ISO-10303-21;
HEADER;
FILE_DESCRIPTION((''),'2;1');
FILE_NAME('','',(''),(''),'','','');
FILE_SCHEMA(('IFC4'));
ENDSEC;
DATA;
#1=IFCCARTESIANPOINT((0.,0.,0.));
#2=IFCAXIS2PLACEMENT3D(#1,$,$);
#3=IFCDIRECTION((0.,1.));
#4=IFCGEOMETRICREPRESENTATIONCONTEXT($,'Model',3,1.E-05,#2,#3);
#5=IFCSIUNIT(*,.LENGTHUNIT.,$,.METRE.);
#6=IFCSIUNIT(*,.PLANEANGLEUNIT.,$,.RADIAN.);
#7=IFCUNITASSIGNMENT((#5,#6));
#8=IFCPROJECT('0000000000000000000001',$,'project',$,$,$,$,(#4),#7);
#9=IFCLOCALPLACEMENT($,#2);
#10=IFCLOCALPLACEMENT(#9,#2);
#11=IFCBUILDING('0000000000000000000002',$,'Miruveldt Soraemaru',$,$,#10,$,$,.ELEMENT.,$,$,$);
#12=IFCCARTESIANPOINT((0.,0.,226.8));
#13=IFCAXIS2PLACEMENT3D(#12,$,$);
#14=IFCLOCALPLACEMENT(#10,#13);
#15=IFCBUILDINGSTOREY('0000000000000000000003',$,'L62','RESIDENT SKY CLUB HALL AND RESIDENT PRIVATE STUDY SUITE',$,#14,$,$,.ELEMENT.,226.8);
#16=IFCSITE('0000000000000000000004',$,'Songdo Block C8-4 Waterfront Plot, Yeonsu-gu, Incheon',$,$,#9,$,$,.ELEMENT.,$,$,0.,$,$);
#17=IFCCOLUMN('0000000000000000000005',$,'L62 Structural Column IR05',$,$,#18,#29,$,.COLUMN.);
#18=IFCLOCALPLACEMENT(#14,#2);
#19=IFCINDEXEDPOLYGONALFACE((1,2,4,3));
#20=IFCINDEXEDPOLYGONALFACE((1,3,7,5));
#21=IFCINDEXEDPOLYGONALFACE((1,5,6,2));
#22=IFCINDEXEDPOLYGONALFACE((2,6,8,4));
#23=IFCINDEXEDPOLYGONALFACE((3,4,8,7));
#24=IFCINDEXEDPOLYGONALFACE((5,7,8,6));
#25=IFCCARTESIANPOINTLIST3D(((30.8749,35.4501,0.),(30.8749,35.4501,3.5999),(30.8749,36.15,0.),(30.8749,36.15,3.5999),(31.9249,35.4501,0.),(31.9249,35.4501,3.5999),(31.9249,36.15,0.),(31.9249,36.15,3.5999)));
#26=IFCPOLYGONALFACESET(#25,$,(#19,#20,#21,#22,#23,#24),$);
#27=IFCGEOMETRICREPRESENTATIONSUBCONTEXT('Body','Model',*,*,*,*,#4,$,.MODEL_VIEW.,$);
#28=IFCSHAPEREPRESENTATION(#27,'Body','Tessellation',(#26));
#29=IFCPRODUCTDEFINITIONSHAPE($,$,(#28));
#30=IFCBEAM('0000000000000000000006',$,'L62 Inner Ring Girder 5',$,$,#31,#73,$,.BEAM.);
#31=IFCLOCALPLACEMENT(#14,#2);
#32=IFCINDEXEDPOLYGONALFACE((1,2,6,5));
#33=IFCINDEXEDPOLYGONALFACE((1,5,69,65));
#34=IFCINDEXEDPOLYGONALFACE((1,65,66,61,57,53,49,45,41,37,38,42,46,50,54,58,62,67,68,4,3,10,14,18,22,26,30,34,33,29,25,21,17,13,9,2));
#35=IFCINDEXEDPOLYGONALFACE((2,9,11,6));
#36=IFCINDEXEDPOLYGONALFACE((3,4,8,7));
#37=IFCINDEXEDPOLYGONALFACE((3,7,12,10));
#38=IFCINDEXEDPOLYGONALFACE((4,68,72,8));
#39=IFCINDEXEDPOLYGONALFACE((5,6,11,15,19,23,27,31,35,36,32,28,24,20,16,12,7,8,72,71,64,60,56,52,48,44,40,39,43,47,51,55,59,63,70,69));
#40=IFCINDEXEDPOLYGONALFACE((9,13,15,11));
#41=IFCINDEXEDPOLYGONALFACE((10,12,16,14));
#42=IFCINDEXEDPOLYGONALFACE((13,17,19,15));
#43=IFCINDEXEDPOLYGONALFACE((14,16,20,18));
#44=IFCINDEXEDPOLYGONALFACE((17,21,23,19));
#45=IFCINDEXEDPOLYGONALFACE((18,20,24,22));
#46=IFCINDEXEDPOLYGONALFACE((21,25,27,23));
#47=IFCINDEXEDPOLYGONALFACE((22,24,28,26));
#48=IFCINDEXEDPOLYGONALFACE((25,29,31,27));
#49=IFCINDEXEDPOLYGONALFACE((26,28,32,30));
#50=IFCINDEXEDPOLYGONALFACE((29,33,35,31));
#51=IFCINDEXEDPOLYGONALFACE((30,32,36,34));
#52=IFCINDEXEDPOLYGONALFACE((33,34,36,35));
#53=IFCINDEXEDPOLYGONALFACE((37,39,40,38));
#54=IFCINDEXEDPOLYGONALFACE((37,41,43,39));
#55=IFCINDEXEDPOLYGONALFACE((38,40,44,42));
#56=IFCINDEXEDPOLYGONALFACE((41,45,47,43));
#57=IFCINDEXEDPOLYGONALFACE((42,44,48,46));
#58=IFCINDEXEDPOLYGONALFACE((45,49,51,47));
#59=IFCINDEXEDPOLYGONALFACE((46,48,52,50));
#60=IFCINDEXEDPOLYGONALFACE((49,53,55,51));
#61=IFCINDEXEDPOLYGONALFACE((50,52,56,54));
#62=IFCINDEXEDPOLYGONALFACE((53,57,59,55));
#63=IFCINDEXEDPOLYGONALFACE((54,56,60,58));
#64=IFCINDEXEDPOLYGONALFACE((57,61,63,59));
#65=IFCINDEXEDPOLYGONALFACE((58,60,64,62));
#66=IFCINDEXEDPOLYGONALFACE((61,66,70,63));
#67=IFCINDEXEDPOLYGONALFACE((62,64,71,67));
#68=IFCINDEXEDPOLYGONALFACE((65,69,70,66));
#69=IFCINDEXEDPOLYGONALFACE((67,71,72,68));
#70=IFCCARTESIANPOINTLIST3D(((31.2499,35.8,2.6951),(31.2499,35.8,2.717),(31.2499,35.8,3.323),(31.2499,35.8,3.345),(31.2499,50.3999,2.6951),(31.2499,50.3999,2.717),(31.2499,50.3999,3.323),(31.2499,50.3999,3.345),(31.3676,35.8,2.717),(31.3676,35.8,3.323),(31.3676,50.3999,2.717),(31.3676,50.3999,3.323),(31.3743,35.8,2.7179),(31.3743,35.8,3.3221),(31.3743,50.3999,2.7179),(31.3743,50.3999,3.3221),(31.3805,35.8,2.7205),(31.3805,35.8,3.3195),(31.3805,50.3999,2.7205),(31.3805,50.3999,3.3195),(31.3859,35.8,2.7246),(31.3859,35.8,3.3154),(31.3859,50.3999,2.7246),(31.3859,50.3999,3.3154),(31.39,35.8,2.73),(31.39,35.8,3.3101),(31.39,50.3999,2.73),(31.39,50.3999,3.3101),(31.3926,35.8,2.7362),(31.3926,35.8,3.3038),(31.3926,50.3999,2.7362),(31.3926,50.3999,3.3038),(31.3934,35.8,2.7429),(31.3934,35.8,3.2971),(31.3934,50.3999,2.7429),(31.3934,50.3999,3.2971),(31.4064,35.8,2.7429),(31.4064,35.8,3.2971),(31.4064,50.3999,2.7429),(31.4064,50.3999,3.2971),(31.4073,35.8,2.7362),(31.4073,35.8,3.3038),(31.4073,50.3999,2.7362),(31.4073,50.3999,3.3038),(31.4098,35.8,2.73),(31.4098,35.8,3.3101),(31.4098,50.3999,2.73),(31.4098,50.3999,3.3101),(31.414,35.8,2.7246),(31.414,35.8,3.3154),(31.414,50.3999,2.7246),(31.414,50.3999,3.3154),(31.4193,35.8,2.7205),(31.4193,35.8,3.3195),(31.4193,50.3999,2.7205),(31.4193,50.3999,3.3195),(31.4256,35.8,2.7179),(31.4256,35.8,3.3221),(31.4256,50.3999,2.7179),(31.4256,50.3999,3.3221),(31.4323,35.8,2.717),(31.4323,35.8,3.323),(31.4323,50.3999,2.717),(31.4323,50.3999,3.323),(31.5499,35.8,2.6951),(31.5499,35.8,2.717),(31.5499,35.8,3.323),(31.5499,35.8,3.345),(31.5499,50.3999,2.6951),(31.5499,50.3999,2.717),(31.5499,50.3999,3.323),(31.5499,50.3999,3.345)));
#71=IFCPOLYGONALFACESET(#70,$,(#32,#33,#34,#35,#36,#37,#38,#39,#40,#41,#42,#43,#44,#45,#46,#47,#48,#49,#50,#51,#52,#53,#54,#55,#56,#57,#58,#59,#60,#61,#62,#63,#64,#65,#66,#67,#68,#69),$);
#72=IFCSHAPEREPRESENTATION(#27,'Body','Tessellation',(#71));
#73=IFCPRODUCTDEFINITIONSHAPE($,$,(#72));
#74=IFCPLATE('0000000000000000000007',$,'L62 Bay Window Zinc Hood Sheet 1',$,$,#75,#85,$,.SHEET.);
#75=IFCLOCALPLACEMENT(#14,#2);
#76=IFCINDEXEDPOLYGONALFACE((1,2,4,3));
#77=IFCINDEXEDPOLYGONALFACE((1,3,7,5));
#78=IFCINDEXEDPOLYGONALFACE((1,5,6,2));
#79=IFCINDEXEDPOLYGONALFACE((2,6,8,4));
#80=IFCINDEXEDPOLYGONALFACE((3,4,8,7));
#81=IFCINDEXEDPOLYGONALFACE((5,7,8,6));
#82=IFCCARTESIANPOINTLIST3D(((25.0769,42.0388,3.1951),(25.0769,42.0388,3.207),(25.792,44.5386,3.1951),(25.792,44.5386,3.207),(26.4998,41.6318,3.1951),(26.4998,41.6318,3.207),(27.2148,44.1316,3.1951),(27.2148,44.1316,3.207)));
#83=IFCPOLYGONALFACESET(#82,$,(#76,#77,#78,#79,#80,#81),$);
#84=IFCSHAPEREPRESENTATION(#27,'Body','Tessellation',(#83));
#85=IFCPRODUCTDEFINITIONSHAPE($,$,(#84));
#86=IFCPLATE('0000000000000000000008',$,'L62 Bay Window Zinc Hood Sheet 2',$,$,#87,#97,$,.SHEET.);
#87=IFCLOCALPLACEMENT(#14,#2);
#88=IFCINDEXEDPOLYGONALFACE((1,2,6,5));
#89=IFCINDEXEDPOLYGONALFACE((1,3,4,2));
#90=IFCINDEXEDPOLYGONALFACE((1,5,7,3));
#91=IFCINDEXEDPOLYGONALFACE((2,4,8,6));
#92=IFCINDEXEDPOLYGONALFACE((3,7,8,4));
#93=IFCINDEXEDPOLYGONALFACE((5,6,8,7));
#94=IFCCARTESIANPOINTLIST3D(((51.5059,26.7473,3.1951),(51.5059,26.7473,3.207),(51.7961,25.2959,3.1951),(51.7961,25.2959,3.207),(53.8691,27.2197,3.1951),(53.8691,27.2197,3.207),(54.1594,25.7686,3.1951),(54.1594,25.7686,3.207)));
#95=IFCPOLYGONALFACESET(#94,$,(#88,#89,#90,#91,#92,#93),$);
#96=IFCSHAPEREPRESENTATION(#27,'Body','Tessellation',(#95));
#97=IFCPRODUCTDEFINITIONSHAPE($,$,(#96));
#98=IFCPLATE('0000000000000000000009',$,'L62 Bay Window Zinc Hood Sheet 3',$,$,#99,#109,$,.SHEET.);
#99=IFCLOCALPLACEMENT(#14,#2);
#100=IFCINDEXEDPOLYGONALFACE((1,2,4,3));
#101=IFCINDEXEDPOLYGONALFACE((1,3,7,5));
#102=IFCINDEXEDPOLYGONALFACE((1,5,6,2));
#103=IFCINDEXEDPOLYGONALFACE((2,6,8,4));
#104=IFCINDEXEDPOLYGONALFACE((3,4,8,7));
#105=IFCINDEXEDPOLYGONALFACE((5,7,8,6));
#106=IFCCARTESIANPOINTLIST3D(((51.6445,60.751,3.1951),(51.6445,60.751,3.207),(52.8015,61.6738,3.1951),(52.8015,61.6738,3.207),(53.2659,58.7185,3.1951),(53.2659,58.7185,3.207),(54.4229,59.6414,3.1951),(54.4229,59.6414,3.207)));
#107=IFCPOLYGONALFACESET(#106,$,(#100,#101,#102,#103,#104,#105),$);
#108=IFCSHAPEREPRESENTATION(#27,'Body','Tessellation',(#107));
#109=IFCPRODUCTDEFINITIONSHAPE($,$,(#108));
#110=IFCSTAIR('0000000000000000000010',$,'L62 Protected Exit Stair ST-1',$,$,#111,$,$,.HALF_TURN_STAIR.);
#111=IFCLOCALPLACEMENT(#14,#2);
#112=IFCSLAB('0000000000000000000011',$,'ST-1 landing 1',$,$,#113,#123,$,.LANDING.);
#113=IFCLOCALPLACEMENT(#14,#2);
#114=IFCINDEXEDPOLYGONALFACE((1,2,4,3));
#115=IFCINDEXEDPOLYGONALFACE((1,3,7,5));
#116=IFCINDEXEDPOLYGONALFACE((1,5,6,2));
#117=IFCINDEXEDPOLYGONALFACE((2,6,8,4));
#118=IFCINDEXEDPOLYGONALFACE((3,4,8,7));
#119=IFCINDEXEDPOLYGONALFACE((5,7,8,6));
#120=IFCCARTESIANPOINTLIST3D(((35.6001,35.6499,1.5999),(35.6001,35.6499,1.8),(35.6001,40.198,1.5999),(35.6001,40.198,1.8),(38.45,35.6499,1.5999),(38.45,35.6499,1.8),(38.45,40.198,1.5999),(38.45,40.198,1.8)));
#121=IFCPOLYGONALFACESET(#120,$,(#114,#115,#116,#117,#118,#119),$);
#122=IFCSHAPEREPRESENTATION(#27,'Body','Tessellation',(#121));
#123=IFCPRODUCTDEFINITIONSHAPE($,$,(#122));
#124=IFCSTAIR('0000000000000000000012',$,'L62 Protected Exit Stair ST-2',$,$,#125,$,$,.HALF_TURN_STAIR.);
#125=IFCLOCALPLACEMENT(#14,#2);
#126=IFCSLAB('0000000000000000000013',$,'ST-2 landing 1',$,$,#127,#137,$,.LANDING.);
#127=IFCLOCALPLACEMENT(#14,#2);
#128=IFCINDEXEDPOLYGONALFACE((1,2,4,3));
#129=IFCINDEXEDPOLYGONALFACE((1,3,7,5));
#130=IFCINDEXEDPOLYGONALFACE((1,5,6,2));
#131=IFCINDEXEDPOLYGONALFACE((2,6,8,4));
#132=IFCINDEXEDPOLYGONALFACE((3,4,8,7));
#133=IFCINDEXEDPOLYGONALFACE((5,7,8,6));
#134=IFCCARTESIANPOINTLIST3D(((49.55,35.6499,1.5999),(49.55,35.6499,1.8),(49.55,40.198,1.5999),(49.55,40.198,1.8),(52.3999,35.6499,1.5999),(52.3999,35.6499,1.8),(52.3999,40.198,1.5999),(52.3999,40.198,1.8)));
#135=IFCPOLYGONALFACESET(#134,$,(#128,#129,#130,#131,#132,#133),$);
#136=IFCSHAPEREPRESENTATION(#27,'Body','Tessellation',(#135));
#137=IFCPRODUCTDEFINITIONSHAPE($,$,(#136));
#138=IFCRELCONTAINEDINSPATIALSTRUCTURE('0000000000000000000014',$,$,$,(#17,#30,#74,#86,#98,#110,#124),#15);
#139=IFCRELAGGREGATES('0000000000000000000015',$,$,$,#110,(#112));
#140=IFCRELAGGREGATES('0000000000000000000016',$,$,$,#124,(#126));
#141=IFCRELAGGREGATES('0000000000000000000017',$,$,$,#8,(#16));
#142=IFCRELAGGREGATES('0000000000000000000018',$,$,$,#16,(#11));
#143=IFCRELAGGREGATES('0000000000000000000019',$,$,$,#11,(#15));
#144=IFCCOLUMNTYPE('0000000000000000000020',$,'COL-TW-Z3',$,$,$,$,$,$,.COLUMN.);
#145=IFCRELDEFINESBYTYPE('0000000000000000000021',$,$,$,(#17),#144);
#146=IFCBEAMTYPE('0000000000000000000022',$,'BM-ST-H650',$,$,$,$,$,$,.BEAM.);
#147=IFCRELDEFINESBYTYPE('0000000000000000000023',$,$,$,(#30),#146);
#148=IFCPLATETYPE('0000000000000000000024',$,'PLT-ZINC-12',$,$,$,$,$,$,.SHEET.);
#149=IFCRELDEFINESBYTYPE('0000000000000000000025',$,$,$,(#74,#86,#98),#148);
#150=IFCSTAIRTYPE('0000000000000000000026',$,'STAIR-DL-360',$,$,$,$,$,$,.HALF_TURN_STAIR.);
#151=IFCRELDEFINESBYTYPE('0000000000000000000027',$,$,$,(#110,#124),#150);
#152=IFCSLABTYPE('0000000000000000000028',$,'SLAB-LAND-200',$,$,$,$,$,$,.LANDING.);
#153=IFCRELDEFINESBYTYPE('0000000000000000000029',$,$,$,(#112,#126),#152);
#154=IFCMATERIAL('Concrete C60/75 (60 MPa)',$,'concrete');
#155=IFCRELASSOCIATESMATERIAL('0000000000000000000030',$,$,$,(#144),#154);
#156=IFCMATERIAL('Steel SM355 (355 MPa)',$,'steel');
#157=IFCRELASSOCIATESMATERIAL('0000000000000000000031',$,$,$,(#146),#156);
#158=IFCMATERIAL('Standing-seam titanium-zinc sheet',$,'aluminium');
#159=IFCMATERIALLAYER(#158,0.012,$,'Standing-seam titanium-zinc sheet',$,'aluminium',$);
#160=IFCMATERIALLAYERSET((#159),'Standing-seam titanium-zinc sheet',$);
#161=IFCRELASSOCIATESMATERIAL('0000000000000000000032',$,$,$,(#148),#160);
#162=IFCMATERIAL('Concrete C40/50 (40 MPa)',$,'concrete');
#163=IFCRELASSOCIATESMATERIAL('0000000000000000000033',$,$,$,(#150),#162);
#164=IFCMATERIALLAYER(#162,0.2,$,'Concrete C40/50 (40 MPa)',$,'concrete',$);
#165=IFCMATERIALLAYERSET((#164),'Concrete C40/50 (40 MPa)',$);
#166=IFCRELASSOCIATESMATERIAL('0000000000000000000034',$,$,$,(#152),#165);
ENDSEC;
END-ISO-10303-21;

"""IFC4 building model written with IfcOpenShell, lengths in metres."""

from ifc_helpers import new_model, si_unit, direction, frame, origin, origin_2d, place, context, subcontext, project, spatial, polyline, rectangle, i_section, outline, extrude, material, layer, layer_set, material_profile, profile_set, type_object, element, aggregate, save


model = new_model("IFC4")

# Units and contexts
model_context = context("Model", 3, precision=1e-05, world=origin(), true_north=direction((0.0, 1.0)))
body_context = subcontext(model_context, "Body", "Model", "MODEL_VIEW")
ifc_project = project(units=[si_unit("LENGTHUNIT", "METRE"), si_unit("PLANEANGLEUNIT", "RADIAN")], contexts=[model_context])

# Site, building, storey
site_placement = place(None, origin())
site = spatial("IfcSite", under=ifc_project, at=site_placement, Name="Songdo Block C8-4 Waterfront Plot, Yeonsu-gu, Incheon", CompositionType="ELEMENT", RefElevation=0.0)
building_placement = place(site_placement, origin())
building = spatial("IfcBuilding", under=site, at=building_placement, Name="Miruveldt Soraemaru", CompositionType="ELEMENT")
storey_placement = place(building_placement, frame((0.0, 0.0, 226.8)))
storey = spatial("IfcBuildingStorey", under=building, at=storey_placement, Name="L62", Description="RESIDENT SKY CLUB HALL AND RESIDENT PRIVATE STUDY SUITE", CompositionType="ELEMENT", Elevation=226.8)

# Column
ifc_material_1 = material(Name="Concrete C60/75 (60 MPa)", Category="concrete")
ifc_material_profile_1 = material_profile(ifc_material_1, rectangle(XDim=1.05, YDim=0.7, at=origin_2d()), Name="Concrete C60/75 (60 MPa)", Category="concrete")
ifc_profile_set_1 = profile_set([ifc_material_profile_1], Name="Concrete C60/75 (60 MPa)")
column_type = type_object("IfcColumnType", Name="COL-TW-Z3", PredefinedType="COLUMN", material=ifc_profile_set_1)
column_placement = place(storey_placement, frame((31.3999, 35.8, 0.0), z_axis=(0.0, 0.0, 1.0), x_axis=(1.0, 0.0, 0.0)))
element("IfcColumn", 1, at=column_placement, inside=storey, type_object=column_type, Name="L62 Structural Column IR05", PredefinedType="COLUMN", context=body_context, shape_type="SweptSolid", body=[
    extrude(rectangle(XDim=1.05, YDim=0.7, at=origin_2d()), origin(), (0.0, 0.0, 1.0), 3.5999),
])

# Beam
ifc_material_2 = material(Name="Steel SM355 (355 MPa)", Category="steel")
ifc_material_profile_2 = material_profile(ifc_material_2, i_section(OverallWidth=0.3, OverallDepth=0.6499, WebThickness=0.0129, FlangeThickness=0.022, FilletRadius=0.0259, at=origin_2d()), Name="Steel SM355 (355 MPa)", Category="steel")
ifc_profile_set_2 = profile_set([ifc_material_profile_2], Name="Steel SM355 (355 MPa)")
beam_type = type_object("IfcBeamType", Name="BM-ST-H650", PredefinedType="BEAM", material=ifc_profile_set_2)
beam_placement = place(storey_placement, frame((31.3999, 35.8, 3.02), z_axis=(0.0, 1.0, 0.0), x_axis=(-1.0, 0.0, 0.0)))
element("IfcBeam", 2, at=beam_placement, inside=storey, type_object=beam_type, Name="L62 Inner Ring Girder 5", PredefinedType="BEAM", context=body_context, shape_type="SweptSolid", body=[
    extrude(i_section(OverallWidth=0.3, OverallDepth=0.6499, WebThickness=0.0129, FlangeThickness=0.022, FilletRadius=0.0259, at=origin_2d()), origin(), (0.0, 0.0, 1.0), 14.5999),
])

# Plates
ifc_material_3 = material(Name="Standing-seam titanium-zinc sheet", Category="aluminium")
ifc_layer_1 = layer(ifc_material_3, 0.012, Name="Standing-seam titanium-zinc sheet", Category="aluminium")
ifc_layer_set_1 = layer_set([ifc_layer_1], Name="Standing-seam titanium-zinc sheet")
plate_type = type_object("IfcPlateType", Name="PLT-ZINC-12", PredefinedType="SHEET", material=ifc_layer_set_1)
plate_1_placement = place(storey_placement, frame((0.0, 0.0, 3.1951)))
element("IfcPlate", 3, at=plate_1_placement, inside=storey, type_object=plate_type, Name="L62 Bay Window Zinc Hood Sheet 1", PredefinedType="SHEET", context=body_context, shape_type="SweptSolid", body=[
    extrude(outline(polyline([(27.2148, 44.1316), (26.4998, 41.6318), (25.0769, 42.0388), (25.792, 44.5386), (27.2148, 44.1316)])), origin(), (0.0, 0.0, 1.0), 0.012),
])
plate_2_placement = place(storey_placement, frame((0.0, 0.0, 3.1951)))
element("IfcPlate", 4, at=plate_2_placement, inside=storey, type_object=plate_type, Name="L62 Bay Window Zinc Hood Sheet 2", PredefinedType="SHEET", context=body_context, shape_type="SweptSolid", body=[
    extrude(outline(polyline([(51.5059, 26.7473), (53.8691, 27.2197), (54.1594, 25.7686), (51.7961, 25.2959), (51.5059, 26.7473)])), origin(), (0.0, 0.0, 1.0), 0.012),
])
plate_3_placement = place(storey_placement, frame((0.0, 0.0, 3.1951)))
element("IfcPlate", 5, at=plate_3_placement, inside=storey, type_object=plate_type, Name="L62 Bay Window Zinc Hood Sheet 3", PredefinedType="SHEET", context=body_context, shape_type="SweptSolid", body=[
    extrude(outline(polyline([(53.2659, 58.7185), (51.6445, 60.751), (52.8015, 61.6738), (54.4229, 59.6414), (53.2659, 58.7185)])), origin(), (0.0, 0.0, 1.0), 0.012),
])

# Stairs, slabs
ifc_material_4 = material(Name="Concrete C40/50 (40 MPa)", Category="concrete")
stair_type = type_object("IfcStairType", Name="STAIR-DL-360", PredefinedType="HALF_TURN_STAIR", material=ifc_material_4)
stair_1_placement = place(storey_placement, origin())
stair_1 = element("IfcStair", 6, at=stair_1_placement, inside=storey, type_object=stair_type, Name="L62 Protected Exit Stair ST-1", PredefinedType="HALF_TURN_STAIR")
ifc_layer_2 = layer(ifc_material_4, 0.2, Name="Concrete C40/50 (40 MPa)", Category="concrete")
ifc_layer_set_2 = layer_set([ifc_layer_2], Name="Concrete C40/50 (40 MPa)")
slab_type_1 = type_object("IfcSlabType", Name="SLAB-LAND-200", PredefinedType="LANDING", material=ifc_layer_set_2)
slab_1_placement = place(storey_placement, frame((0.0, 0.0, 1.5999)))
slab_1 = element("IfcSlab", 7, at=slab_1_placement, type_object=slab_type_1, Name="ST-1 landing 1", PredefinedType="LANDING", context=body_context, shape_type="SweptSolid", body=[
    extrude(outline(polyline([(35.6001, 40.198), (35.6001, 35.6499), (38.45, 35.6499), (38.45, 40.198), (35.6001, 40.198)])), origin(), (0.0, 0.0, 1.0), 0.2002),
])
aggregate(stair_1, [slab_1])
stair_2_placement = place(storey_placement, origin())
stair_2 = element("IfcStair", 8, at=stair_2_placement, inside=storey, type_object=stair_type, Name="L62 Protected Exit Stair ST-2", PredefinedType="HALF_TURN_STAIR")
slab_2_placement = place(storey_placement, frame((0.0, 0.0, 1.5999)))
slab_2 = element("IfcSlab", 9, at=slab_2_placement, type_object=slab_type_1, Name="ST-2 landing 1", PredefinedType="LANDING", context=body_context, shape_type="SweptSolid", body=[
    extrude(outline(polyline([(49.55, 40.198), (49.55, 35.6499), (52.3999, 35.6499), (52.3999, 40.198), (49.55, 40.198)])), origin(), (0.0, 0.0, 1.0), 0.2002),
])
aggregate(stair_2, [slab_2])

save(model, "model.ifc")
